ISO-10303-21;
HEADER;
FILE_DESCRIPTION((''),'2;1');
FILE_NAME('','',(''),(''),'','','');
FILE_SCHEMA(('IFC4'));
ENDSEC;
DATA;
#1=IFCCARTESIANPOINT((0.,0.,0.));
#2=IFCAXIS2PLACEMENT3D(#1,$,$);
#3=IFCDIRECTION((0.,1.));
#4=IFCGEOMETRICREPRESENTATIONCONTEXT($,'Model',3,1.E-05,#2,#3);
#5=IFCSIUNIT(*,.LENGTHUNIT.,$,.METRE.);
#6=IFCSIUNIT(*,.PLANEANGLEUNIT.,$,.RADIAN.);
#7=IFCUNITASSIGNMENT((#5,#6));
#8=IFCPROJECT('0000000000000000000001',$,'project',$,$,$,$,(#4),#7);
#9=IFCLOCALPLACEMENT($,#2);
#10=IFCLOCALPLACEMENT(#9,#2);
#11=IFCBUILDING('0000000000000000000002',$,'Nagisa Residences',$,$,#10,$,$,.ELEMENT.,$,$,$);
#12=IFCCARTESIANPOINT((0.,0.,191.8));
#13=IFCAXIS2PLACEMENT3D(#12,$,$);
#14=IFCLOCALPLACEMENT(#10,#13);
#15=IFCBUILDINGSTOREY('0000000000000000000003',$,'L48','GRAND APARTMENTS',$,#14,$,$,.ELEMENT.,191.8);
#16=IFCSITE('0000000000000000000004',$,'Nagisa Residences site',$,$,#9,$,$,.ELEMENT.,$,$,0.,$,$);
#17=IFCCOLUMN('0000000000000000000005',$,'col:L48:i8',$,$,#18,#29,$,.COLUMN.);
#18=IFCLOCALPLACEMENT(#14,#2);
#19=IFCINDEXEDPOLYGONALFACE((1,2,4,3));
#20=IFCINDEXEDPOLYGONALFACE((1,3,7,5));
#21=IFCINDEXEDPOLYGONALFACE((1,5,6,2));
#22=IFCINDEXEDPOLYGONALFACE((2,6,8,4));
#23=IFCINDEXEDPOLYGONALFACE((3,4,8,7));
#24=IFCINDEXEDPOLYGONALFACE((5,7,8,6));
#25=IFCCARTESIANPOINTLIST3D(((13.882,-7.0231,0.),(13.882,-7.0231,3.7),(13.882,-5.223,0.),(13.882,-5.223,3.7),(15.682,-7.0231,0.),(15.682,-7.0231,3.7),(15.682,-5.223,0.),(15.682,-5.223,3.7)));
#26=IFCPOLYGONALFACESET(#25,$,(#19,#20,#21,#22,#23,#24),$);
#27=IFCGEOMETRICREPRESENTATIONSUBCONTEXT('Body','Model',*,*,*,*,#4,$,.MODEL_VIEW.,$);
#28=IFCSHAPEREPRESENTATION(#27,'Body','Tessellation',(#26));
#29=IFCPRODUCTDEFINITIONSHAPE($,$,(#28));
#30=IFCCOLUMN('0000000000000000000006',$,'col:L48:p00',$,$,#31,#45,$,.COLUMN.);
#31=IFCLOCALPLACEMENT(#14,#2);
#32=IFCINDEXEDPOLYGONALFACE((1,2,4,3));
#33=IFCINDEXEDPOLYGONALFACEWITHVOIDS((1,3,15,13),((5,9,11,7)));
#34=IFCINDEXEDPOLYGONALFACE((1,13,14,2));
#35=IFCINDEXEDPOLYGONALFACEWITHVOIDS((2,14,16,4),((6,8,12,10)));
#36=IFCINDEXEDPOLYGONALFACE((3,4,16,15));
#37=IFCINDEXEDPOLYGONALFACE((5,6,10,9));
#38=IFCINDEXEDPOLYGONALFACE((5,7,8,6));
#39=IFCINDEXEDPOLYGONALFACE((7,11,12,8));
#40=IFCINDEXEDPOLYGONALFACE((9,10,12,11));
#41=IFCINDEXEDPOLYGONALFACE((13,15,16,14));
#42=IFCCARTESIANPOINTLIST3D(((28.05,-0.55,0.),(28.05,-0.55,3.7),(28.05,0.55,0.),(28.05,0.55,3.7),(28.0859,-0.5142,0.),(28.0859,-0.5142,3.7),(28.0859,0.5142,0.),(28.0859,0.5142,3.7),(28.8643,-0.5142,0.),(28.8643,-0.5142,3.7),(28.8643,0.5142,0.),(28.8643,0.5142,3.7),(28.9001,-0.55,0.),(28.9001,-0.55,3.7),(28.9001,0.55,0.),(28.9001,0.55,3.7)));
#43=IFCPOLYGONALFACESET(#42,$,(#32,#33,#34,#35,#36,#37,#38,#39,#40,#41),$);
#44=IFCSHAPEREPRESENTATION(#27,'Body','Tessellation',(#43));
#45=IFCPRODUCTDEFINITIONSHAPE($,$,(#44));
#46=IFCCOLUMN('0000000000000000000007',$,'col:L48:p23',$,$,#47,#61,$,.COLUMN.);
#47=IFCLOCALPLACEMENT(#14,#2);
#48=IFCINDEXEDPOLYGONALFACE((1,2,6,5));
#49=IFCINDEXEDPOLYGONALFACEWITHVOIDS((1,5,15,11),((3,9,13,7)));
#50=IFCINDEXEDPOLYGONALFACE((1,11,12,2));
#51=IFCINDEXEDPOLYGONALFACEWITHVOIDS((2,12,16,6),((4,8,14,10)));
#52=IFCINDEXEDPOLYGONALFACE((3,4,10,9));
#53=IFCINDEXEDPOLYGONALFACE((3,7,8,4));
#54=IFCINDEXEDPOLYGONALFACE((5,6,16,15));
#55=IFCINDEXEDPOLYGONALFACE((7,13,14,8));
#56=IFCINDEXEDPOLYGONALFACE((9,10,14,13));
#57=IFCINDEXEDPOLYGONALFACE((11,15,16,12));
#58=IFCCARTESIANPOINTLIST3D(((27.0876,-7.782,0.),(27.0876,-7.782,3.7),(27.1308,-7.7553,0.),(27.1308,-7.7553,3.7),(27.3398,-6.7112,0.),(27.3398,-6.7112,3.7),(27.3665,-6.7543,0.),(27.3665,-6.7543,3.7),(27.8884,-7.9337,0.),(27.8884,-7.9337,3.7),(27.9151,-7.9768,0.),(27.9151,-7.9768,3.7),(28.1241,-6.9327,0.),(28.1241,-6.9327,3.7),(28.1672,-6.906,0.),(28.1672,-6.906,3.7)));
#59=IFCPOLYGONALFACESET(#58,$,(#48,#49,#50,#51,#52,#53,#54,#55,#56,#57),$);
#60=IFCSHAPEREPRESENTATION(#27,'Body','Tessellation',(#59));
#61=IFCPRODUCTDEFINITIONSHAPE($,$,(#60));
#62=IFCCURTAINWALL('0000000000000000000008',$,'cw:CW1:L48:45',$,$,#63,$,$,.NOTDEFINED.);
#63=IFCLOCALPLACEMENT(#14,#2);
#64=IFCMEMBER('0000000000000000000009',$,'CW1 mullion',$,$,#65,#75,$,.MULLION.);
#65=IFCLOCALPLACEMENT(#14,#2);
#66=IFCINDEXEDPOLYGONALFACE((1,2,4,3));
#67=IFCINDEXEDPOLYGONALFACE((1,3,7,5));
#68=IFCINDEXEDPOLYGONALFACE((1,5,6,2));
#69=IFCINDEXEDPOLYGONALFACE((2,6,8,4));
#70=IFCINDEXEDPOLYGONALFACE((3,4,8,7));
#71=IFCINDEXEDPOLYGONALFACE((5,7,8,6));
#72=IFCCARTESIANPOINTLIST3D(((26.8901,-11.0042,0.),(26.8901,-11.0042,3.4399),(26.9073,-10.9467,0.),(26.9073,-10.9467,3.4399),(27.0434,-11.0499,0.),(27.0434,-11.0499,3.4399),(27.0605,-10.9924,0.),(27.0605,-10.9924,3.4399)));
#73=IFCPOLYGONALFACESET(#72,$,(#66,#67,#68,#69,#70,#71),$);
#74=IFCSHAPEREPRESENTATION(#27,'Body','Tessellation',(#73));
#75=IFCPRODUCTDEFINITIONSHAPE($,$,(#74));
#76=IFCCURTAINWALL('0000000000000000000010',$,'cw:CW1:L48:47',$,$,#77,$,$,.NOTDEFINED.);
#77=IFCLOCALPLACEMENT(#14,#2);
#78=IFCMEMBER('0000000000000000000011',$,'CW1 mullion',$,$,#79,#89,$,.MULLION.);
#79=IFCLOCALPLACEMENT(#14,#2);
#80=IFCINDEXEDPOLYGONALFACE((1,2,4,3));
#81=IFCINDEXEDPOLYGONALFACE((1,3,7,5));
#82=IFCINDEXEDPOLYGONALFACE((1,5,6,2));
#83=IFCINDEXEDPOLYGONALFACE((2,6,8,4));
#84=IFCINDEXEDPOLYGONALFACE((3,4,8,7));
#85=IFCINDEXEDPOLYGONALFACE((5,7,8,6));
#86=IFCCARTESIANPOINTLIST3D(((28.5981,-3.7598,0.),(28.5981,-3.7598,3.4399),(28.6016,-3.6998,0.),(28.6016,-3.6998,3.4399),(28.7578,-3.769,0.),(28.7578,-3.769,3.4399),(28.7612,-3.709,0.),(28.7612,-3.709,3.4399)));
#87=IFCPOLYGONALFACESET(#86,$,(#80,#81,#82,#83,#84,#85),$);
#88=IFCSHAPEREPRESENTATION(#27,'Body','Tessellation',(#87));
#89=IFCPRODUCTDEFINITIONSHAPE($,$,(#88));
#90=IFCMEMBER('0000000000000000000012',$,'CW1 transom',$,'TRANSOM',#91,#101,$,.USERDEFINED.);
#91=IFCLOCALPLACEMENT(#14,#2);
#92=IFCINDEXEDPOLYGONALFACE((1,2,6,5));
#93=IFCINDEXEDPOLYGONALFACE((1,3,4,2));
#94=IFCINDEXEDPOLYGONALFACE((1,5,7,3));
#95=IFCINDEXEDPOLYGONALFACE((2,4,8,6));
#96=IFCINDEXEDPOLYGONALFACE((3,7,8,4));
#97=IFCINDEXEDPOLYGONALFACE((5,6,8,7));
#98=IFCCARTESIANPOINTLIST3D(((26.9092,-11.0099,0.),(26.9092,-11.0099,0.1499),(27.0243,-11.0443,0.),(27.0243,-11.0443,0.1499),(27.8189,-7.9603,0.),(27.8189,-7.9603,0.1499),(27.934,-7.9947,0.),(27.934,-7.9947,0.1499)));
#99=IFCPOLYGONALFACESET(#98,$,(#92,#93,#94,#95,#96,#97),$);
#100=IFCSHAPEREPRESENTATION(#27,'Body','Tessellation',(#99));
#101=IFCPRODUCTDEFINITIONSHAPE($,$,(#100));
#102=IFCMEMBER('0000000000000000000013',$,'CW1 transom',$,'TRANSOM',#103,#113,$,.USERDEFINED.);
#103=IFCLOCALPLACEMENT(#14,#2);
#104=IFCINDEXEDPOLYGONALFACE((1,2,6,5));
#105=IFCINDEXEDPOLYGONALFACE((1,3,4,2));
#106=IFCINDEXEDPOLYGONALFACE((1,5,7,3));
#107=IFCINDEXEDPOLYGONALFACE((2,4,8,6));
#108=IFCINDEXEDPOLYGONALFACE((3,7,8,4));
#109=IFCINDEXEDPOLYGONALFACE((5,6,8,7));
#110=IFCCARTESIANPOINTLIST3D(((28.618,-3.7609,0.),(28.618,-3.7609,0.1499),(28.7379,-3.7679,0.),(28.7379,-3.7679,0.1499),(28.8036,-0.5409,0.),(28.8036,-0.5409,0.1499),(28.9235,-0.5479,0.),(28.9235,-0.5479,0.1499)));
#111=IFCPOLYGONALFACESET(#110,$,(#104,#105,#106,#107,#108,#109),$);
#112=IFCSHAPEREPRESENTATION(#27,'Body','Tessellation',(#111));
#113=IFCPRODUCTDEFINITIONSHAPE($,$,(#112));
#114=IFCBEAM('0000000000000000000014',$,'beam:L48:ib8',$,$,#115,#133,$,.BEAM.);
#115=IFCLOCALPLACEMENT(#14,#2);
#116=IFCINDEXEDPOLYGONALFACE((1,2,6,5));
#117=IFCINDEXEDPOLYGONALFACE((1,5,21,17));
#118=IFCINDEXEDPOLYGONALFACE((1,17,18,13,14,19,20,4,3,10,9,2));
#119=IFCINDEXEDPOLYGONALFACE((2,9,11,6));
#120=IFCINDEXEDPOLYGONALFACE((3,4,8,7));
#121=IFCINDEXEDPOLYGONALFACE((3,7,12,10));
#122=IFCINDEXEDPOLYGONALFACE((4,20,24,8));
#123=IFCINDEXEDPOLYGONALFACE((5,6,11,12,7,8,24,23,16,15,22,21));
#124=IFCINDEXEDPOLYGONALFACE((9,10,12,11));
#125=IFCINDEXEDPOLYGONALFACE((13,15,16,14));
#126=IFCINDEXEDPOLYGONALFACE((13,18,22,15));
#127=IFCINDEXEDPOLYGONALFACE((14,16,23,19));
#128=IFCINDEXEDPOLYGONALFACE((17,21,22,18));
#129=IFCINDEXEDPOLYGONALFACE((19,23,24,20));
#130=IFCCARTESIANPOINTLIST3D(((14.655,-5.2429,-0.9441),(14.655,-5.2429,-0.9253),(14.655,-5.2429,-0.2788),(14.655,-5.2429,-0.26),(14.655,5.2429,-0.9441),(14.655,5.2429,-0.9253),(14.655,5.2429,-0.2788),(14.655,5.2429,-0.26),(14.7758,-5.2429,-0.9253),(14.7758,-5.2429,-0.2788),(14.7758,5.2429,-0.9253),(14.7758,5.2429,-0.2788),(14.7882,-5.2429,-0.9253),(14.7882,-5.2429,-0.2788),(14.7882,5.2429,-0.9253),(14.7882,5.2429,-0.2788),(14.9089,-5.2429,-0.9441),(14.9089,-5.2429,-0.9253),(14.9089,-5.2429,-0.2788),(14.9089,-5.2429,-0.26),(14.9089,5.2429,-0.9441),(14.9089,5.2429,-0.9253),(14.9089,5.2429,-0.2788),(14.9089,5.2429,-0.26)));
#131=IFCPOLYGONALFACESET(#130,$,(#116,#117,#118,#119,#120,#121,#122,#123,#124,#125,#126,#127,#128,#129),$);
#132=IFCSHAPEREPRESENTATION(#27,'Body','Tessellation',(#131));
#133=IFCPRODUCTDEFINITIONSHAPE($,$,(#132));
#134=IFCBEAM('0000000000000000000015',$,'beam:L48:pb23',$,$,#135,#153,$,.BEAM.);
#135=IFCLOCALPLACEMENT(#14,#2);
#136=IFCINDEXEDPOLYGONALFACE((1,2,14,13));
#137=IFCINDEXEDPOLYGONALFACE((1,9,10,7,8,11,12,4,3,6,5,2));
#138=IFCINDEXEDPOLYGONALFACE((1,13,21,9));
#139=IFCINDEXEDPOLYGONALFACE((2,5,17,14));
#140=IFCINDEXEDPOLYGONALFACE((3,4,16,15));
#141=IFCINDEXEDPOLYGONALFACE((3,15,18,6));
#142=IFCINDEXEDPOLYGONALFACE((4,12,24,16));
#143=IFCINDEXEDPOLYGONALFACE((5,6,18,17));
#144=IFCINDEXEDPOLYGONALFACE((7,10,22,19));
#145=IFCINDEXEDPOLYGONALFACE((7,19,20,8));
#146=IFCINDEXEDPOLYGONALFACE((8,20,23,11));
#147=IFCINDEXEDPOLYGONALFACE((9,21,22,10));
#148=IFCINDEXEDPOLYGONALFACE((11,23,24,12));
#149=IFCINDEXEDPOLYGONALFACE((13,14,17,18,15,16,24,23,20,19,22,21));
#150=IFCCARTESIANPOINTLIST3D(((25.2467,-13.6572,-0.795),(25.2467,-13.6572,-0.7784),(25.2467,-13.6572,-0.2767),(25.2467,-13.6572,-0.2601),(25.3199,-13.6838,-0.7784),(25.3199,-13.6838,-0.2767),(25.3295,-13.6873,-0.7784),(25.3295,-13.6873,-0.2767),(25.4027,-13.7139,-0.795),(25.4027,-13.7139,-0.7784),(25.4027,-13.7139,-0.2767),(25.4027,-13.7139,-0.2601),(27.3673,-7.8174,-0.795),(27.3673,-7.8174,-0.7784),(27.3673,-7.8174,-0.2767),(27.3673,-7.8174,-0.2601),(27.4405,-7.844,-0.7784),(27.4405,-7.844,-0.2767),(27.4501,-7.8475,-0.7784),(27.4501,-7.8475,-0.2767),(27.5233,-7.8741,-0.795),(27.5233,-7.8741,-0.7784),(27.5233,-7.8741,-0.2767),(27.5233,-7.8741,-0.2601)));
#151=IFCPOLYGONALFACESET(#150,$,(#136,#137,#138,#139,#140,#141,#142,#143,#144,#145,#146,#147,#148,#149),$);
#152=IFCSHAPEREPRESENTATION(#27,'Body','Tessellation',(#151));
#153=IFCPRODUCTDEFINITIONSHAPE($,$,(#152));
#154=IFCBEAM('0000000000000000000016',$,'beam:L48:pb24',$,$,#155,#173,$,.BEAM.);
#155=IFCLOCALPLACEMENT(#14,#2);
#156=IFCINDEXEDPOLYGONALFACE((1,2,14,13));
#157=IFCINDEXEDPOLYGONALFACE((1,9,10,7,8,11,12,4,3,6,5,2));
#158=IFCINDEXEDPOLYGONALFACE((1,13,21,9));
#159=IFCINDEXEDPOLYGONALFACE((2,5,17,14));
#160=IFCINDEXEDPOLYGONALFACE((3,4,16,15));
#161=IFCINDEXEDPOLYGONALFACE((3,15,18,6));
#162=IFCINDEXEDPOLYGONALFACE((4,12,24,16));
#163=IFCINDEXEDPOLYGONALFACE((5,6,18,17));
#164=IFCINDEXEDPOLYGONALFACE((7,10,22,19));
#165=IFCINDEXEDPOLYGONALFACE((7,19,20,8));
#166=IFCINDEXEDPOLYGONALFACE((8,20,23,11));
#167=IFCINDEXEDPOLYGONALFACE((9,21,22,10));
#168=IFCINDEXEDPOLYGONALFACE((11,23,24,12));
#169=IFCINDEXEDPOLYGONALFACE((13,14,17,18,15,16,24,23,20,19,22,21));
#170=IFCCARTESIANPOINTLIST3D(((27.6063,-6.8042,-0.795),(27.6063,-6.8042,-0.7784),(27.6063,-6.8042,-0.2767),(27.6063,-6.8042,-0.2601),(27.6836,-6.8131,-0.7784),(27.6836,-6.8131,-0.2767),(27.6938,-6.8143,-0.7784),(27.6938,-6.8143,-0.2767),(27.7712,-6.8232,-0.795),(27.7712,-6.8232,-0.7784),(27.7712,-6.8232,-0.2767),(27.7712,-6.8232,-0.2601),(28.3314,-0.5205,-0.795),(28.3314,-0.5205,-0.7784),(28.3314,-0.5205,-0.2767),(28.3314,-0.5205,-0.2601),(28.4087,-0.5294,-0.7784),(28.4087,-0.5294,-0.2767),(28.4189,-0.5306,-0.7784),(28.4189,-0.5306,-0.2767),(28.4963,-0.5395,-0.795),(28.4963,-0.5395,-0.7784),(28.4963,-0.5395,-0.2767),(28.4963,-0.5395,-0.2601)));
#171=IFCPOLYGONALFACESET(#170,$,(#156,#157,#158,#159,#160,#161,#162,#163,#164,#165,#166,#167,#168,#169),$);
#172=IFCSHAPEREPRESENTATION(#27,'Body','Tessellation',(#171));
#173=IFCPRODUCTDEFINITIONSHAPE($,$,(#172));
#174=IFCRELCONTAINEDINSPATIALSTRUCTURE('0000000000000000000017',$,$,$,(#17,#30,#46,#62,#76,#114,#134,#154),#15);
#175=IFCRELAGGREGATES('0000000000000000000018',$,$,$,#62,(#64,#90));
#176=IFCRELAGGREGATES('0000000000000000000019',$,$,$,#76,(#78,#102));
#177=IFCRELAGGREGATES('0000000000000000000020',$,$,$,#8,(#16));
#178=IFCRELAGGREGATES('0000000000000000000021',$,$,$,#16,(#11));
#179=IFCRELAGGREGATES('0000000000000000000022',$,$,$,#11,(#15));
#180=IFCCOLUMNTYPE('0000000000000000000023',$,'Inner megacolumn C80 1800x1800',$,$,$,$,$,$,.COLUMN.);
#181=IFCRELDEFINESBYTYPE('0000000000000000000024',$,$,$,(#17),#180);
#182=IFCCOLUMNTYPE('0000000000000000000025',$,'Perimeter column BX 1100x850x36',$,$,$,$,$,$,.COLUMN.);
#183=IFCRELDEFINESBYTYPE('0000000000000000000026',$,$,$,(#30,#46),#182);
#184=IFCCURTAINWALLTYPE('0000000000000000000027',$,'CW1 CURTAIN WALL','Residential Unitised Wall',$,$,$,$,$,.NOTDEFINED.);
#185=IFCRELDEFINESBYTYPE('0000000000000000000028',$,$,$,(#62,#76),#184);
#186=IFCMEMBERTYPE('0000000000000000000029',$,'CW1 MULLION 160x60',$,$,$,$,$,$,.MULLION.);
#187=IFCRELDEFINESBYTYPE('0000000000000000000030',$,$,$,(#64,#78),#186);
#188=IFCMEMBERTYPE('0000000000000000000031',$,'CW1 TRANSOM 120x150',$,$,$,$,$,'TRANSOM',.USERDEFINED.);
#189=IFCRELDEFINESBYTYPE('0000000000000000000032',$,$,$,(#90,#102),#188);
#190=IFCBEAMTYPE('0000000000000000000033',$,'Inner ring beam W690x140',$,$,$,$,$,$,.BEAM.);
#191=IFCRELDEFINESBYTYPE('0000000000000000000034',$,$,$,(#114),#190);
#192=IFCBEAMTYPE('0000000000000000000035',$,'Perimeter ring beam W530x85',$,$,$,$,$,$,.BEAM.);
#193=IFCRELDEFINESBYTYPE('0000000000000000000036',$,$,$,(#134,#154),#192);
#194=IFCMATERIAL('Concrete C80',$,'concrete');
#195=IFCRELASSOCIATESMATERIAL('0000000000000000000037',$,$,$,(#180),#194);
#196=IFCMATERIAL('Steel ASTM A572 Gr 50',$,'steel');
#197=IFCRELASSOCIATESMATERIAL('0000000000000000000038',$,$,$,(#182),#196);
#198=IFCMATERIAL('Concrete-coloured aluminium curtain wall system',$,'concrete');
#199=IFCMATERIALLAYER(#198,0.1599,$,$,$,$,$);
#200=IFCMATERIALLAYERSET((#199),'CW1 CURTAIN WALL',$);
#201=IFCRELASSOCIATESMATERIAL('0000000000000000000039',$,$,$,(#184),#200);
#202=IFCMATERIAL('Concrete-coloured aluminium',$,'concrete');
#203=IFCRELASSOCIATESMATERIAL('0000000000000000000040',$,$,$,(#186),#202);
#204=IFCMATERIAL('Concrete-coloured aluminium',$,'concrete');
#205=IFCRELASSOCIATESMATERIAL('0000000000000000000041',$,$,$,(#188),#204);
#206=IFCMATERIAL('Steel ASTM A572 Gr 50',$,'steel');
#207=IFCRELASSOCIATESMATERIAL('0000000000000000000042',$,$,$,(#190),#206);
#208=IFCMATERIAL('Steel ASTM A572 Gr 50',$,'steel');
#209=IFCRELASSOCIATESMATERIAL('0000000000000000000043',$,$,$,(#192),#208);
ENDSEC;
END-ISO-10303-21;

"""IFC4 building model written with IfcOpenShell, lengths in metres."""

from ifc_helpers import new_model, si_unit, direction, frame, origin, origin_2d, place, context, subcontext, project, spatial, rectangle, hollow_rectangle, i_section, extrude, material, layer, layer_set, material_profile, profile_set, type_object, element, aggregate, save


model = new_model("IFC4")

# Units and contexts
model_context = context("Model", 3, precision=1e-05, world=origin(), true_north=direction((0.0, 1.0)))
body_context = subcontext(model_context, "Body", "Model", "MODEL_VIEW")
ifc_project = project(units=[si_unit("LENGTHUNIT", "METRE"), si_unit("PLANEANGLEUNIT", "RADIAN")], contexts=[model_context])

# Site, building, storey
site_placement = place(None, origin())
site = spatial("IfcSite", under=ifc_project, at=site_placement, Name="Nagisa Residences site", CompositionType="ELEMENT", RefElevation=0.0)
building_placement = place(site_placement, origin())
building = spatial("IfcBuilding", under=site, at=building_placement, Name="Nagisa Residences", CompositionType="ELEMENT")
storey_placement = place(building_placement, frame((0.0, 0.0, 191.8)))
storey = spatial("IfcBuildingStorey", under=building, at=storey_placement, Name="L48", Description="GRAND APARTMENTS", CompositionType="ELEMENT", Elevation=191.8)

# Columns
ifc_material_1 = material(Name="Concrete C80", Category="concrete")
ifc_material_profile_1 = material_profile(ifc_material_1, rectangle(XDim=1.8, YDim=1.8, at=origin_2d()), Name="C80 1800x1800")
ifc_profile_set_1 = profile_set([ifc_material_profile_1], Name="Concrete C80")
column_type_1 = type_object("IfcColumnType", Name="Inner megacolumn C80 1800x1800", PredefinedType="COLUMN", material=ifc_profile_set_1)
column_placement = place(storey_placement, frame((14.782, -6.123, 0.0), z_axis=(0.0, 0.0, 1.0), x_axis=(1.0, 0.0, 0.0)))
element("IfcColumn", 1, at=column_placement, inside=storey, type_object=column_type_1, Name="col:L48:i8", PredefinedType="COLUMN", context=body_context, shape_type="SweptSolid", body=[
    extrude(rectangle(XDim=1.8, YDim=1.8, at=origin_2d()), origin(), (0.0, 0.0, 1.0), 3.7),
])
ifc_material_2 = material(Name="Steel ASTM A572 Gr 50", Category="steel")
ifc_material_profile_2 = material_profile(ifc_material_2, hollow_rectangle(XDim=1.1001, YDim=0.8501, WallThickness=0.0359, at=origin_2d()), Name="BX 1100x850x36")
ifc_profile_set_2 = profile_set([ifc_material_profile_2], Name="Steel ASTM A572 Gr 50")
column_type_2 = type_object("IfcColumnType", Name="Perimeter column BX 1100x850x36", PredefinedType="COLUMN", material=ifc_profile_set_2)
for number, where, z_axis, x_axis, name in (
    (2, (28.4751, 0.0, 0.0), (0.0, 0.0, 1.0), (0.0, 1.0, 0.0), "col:L48:p00"),
    (3, (27.6274, -7.344, 0.0), (0.0, 0.0, 1.0), (0.229202, 0.973379, 0.0), "col:L48:p23"),
):
    element("IfcColumn", number, at=place(storey_placement, frame(where, z_axis=z_axis, x_axis=x_axis)), inside=storey, type_object=column_type_2, Name=name, PredefinedType="COLUMN", context=body_context, shape_type="SweptSolid", body=[
        extrude(hollow_rectangle(XDim=1.1001, YDim=0.8501, WallThickness=0.0359, at=origin_2d()), origin(), (0.0, 0.0, 1.0), 3.7),
    ])

# Curtain walls, members
ifc_material_3 = material(Name="Concrete-coloured aluminium curtain wall system", Category="concrete")
ifc_layer_1 = layer(ifc_material_3, 0.1599)
ifc_layer_set_1 = layer_set([ifc_layer_1], Name="CW1 CURTAIN WALL")
curtain_wall_type = type_object("IfcCurtainWallType", Name="CW1 CURTAIN WALL", Description="Residential Unitised Wall", PredefinedType="NOTDEFINED", material=ifc_layer_set_1)
curtain_wall_1_placement = place(storey_placement, origin())
curtain_wall_1 = element("IfcCurtainWall", 4, at=curtain_wall_1_placement, inside=storey, type_object=curtain_wall_type, Name="cw:CW1:L48:45", PredefinedType="NOTDEFINED")
ifc_material_4 = material(Name="Concrete-coloured aluminium", Category="concrete")
ifc_material_profile_3 = material_profile(ifc_material_4, rectangle(XDim=0.1599, YDim=0.0601, at=origin_2d()), Name="CW1 MULLION 160x60")
ifc_profile_set_3 = profile_set([ifc_material_profile_3], Name="Concrete-coloured aluminium")
member_type_1 = type_object("IfcMemberType", Name="CW1 MULLION 160x60", PredefinedType="MULLION", material=ifc_profile_set_3)
member_1_placement = place(storey_placement, frame((26.9753, -10.9983, 0.0), z_axis=(0.0, 0.0, 1.0), x_axis=(-0.958271, 0.28586, 0.0)))
member_1 = element("IfcMember", 5, at=member_1_placement, type_object=member_type_1, Name="CW1 mullion", PredefinedType="MULLION", context=body_context, shape_type="SweptSolid", body=[
    extrude(rectangle(XDim=0.1599, YDim=0.0601, at=origin_2d()), origin(), (0.0, 0.0, 1.0), 3.4399),
])
curtain_wall_2_placement = place(storey_placement, origin())
curtain_wall_2 = element("IfcCurtainWall", 6, at=curtain_wall_2_placement, inside=storey, type_object=curtain_wall_type, Name="cw:CW1:L48:47", PredefinedType="NOTDEFINED")
member_2_placement = place(storey_placement, frame((28.6797, -3.7344, 0.0), z_axis=(0.0, 0.0, 1.0), x_axis=(-0.998345, 0.057503, 0.0)))
member_2 = element("IfcMember", 7, at=member_2_placement, type_object=member_type_1, Name="CW1 mullion", PredefinedType="MULLION", context=body_context, shape_type="SweptSolid", body=[
    extrude(rectangle(XDim=0.1599, YDim=0.0601, at=origin_2d()), origin(), (0.0, 0.0, 1.0), 3.4399),
])

# Members
ifc_material_5 = material(Name="Concrete-coloured aluminium", Category="concrete")
ifc_material_profile_4 = material_profile(ifc_material_5, rectangle(XDim=0.1201, YDim=0.1499, at=origin_2d()), Name="CW1 TRANSOM 120x150")
ifc_profile_set_4 = profile_set([ifc_material_profile_4], Name="Concrete-coloured aluminium")
member_type_2 = type_object("IfcMemberType", Name="CW1 TRANSOM 120x150", ElementType="TRANSOM", PredefinedType="USERDEFINED", material=ifc_profile_set_4)
member_3_placement = place(storey_placement, frame((26.9668, -11.0271, 0.075), z_axis=(0.285848, 0.958275, 0.0), x_axis=(-0.958275, 0.285848, 0.0)))
member_3 = element("IfcMember", 8, at=member_3_placement, type_object=member_type_2, Name="CW1 transom", ObjectType="TRANSOM", PredefinedType="USERDEFINED", context=body_context, shape_type="SweptSolid", body=[
    extrude(rectangle(XDim=0.1201, YDim=0.1499, at=origin_2d()), origin(), (0.0, 0.0, 1.0), 3.1824),
])
member_4_placement = place(storey_placement, frame((28.678, -3.7644, 0.075), z_axis=(0.057528, 0.998344, 0.0), x_axis=(-0.998344, 0.057528, 0.0)))
member_4 = element("IfcMember", 9, at=member_4_placement, type_object=member_type_2, Name="CW1 transom", ObjectType="TRANSOM", PredefinedType="USERDEFINED", context=body_context, shape_type="SweptSolid", body=[
    extrude(rectangle(XDim=0.1201, YDim=0.1499, at=origin_2d()), origin(), (0.0, 0.0, 1.0), 3.2253),
])

# Beams
ifc_material_6 = material(Name="Steel ASTM A572 Gr 50", Category="steel")
ifc_material_profile_5 = material_profile(ifc_material_6, i_section(OverallWidth=0.2539, OverallDepth=0.6841, WebThickness=0.0125, FlangeThickness=0.0188, at=origin_2d()), Name="W690x140")
ifc_profile_set_5 = profile_set([ifc_material_profile_5], Name="Steel ASTM A572 Gr 50")
beam_type_1 = type_object("IfcBeamType", Name="Inner ring beam W690x140", PredefinedType="BEAM", material=ifc_profile_set_5)
beam_1_placement = place(storey_placement, frame((14.782, -5.2429, -0.6021), z_axis=(0.0, 1.0, 0.0), x_axis=(-1.0, 0.0, 0.0)))
element("IfcBeam", 10, at=beam_1_placement, inside=storey, type_object=beam_type_1, Name="beam:L48:ib8", PredefinedType="BEAM", context=body_context, shape_type="SweptSolid", body=[
    extrude(i_section(OverallWidth=0.2539, OverallDepth=0.6841, WebThickness=0.0125, FlangeThickness=0.0188, at=origin_2d()), origin(), (0.0, 0.0, 1.0), 10.4858),
])
ifc_material_7 = material(Name="Steel ASTM A572 Gr 50", Category="steel")
ifc_material_profile_6 = material_profile(ifc_material_7, i_section(OverallWidth=0.166, OverallDepth=0.5349, WebThickness=0.0103, FlangeThickness=0.0166, at=origin_2d()), Name="W530x85")
ifc_profile_set_6 = profile_set([ifc_material_profile_6], Name="Steel ASTM A572 Gr 50")
beam_type_2 = type_object("IfcBeamType", Name="Perimeter ring beam W530x85", PredefinedType="BEAM", material=ifc_profile_set_6)
beam_2_placement = place(storey_placement, frame((25.3247, -13.6855, -0.5276), z_axis=(0.34132, 0.939947, 0.0), x_axis=(-0.939947, 0.34132, 0.0)))
element("IfcBeam", 11, at=beam_2_placement, inside=storey, type_object=beam_type_2, Name="beam:L48:pb23", PredefinedType="BEAM", context=body_context, shape_type="SweptSolid", body=[
    extrude(i_section(OverallWidth=0.166, OverallDepth=0.5349, WebThickness=0.0103, FlangeThickness=0.0166, at=origin_2d()), origin(), (0.0, 0.0, 1.0), 6.2129),
])
beam_3_placement = place(storey_placement, frame((27.6887, -6.8137, -0.5276), z_axis=(0.114633, 0.993408, 0.0), x_axis=(-0.993408, 0.114633, 0.0)))
element("IfcBeam", 12, at=beam_3_placement, inside=storey, type_object=beam_type_2, Name="beam:L48:pb24", PredefinedType="BEAM", context=body_context, shape_type="SweptSolid", body=[
    extrude(i_section(OverallWidth=0.166, OverallDepth=0.5349, WebThickness=0.0103, FlangeThickness=0.0166, at=origin_2d()), origin(), (0.0, 0.0, 1.0), 6.3254),
])

aggregate(curtain_wall_1, [member_1, member_3])
aggregate(curtain_wall_2, [member_2, member_4])

save(model, "model.ifc")
